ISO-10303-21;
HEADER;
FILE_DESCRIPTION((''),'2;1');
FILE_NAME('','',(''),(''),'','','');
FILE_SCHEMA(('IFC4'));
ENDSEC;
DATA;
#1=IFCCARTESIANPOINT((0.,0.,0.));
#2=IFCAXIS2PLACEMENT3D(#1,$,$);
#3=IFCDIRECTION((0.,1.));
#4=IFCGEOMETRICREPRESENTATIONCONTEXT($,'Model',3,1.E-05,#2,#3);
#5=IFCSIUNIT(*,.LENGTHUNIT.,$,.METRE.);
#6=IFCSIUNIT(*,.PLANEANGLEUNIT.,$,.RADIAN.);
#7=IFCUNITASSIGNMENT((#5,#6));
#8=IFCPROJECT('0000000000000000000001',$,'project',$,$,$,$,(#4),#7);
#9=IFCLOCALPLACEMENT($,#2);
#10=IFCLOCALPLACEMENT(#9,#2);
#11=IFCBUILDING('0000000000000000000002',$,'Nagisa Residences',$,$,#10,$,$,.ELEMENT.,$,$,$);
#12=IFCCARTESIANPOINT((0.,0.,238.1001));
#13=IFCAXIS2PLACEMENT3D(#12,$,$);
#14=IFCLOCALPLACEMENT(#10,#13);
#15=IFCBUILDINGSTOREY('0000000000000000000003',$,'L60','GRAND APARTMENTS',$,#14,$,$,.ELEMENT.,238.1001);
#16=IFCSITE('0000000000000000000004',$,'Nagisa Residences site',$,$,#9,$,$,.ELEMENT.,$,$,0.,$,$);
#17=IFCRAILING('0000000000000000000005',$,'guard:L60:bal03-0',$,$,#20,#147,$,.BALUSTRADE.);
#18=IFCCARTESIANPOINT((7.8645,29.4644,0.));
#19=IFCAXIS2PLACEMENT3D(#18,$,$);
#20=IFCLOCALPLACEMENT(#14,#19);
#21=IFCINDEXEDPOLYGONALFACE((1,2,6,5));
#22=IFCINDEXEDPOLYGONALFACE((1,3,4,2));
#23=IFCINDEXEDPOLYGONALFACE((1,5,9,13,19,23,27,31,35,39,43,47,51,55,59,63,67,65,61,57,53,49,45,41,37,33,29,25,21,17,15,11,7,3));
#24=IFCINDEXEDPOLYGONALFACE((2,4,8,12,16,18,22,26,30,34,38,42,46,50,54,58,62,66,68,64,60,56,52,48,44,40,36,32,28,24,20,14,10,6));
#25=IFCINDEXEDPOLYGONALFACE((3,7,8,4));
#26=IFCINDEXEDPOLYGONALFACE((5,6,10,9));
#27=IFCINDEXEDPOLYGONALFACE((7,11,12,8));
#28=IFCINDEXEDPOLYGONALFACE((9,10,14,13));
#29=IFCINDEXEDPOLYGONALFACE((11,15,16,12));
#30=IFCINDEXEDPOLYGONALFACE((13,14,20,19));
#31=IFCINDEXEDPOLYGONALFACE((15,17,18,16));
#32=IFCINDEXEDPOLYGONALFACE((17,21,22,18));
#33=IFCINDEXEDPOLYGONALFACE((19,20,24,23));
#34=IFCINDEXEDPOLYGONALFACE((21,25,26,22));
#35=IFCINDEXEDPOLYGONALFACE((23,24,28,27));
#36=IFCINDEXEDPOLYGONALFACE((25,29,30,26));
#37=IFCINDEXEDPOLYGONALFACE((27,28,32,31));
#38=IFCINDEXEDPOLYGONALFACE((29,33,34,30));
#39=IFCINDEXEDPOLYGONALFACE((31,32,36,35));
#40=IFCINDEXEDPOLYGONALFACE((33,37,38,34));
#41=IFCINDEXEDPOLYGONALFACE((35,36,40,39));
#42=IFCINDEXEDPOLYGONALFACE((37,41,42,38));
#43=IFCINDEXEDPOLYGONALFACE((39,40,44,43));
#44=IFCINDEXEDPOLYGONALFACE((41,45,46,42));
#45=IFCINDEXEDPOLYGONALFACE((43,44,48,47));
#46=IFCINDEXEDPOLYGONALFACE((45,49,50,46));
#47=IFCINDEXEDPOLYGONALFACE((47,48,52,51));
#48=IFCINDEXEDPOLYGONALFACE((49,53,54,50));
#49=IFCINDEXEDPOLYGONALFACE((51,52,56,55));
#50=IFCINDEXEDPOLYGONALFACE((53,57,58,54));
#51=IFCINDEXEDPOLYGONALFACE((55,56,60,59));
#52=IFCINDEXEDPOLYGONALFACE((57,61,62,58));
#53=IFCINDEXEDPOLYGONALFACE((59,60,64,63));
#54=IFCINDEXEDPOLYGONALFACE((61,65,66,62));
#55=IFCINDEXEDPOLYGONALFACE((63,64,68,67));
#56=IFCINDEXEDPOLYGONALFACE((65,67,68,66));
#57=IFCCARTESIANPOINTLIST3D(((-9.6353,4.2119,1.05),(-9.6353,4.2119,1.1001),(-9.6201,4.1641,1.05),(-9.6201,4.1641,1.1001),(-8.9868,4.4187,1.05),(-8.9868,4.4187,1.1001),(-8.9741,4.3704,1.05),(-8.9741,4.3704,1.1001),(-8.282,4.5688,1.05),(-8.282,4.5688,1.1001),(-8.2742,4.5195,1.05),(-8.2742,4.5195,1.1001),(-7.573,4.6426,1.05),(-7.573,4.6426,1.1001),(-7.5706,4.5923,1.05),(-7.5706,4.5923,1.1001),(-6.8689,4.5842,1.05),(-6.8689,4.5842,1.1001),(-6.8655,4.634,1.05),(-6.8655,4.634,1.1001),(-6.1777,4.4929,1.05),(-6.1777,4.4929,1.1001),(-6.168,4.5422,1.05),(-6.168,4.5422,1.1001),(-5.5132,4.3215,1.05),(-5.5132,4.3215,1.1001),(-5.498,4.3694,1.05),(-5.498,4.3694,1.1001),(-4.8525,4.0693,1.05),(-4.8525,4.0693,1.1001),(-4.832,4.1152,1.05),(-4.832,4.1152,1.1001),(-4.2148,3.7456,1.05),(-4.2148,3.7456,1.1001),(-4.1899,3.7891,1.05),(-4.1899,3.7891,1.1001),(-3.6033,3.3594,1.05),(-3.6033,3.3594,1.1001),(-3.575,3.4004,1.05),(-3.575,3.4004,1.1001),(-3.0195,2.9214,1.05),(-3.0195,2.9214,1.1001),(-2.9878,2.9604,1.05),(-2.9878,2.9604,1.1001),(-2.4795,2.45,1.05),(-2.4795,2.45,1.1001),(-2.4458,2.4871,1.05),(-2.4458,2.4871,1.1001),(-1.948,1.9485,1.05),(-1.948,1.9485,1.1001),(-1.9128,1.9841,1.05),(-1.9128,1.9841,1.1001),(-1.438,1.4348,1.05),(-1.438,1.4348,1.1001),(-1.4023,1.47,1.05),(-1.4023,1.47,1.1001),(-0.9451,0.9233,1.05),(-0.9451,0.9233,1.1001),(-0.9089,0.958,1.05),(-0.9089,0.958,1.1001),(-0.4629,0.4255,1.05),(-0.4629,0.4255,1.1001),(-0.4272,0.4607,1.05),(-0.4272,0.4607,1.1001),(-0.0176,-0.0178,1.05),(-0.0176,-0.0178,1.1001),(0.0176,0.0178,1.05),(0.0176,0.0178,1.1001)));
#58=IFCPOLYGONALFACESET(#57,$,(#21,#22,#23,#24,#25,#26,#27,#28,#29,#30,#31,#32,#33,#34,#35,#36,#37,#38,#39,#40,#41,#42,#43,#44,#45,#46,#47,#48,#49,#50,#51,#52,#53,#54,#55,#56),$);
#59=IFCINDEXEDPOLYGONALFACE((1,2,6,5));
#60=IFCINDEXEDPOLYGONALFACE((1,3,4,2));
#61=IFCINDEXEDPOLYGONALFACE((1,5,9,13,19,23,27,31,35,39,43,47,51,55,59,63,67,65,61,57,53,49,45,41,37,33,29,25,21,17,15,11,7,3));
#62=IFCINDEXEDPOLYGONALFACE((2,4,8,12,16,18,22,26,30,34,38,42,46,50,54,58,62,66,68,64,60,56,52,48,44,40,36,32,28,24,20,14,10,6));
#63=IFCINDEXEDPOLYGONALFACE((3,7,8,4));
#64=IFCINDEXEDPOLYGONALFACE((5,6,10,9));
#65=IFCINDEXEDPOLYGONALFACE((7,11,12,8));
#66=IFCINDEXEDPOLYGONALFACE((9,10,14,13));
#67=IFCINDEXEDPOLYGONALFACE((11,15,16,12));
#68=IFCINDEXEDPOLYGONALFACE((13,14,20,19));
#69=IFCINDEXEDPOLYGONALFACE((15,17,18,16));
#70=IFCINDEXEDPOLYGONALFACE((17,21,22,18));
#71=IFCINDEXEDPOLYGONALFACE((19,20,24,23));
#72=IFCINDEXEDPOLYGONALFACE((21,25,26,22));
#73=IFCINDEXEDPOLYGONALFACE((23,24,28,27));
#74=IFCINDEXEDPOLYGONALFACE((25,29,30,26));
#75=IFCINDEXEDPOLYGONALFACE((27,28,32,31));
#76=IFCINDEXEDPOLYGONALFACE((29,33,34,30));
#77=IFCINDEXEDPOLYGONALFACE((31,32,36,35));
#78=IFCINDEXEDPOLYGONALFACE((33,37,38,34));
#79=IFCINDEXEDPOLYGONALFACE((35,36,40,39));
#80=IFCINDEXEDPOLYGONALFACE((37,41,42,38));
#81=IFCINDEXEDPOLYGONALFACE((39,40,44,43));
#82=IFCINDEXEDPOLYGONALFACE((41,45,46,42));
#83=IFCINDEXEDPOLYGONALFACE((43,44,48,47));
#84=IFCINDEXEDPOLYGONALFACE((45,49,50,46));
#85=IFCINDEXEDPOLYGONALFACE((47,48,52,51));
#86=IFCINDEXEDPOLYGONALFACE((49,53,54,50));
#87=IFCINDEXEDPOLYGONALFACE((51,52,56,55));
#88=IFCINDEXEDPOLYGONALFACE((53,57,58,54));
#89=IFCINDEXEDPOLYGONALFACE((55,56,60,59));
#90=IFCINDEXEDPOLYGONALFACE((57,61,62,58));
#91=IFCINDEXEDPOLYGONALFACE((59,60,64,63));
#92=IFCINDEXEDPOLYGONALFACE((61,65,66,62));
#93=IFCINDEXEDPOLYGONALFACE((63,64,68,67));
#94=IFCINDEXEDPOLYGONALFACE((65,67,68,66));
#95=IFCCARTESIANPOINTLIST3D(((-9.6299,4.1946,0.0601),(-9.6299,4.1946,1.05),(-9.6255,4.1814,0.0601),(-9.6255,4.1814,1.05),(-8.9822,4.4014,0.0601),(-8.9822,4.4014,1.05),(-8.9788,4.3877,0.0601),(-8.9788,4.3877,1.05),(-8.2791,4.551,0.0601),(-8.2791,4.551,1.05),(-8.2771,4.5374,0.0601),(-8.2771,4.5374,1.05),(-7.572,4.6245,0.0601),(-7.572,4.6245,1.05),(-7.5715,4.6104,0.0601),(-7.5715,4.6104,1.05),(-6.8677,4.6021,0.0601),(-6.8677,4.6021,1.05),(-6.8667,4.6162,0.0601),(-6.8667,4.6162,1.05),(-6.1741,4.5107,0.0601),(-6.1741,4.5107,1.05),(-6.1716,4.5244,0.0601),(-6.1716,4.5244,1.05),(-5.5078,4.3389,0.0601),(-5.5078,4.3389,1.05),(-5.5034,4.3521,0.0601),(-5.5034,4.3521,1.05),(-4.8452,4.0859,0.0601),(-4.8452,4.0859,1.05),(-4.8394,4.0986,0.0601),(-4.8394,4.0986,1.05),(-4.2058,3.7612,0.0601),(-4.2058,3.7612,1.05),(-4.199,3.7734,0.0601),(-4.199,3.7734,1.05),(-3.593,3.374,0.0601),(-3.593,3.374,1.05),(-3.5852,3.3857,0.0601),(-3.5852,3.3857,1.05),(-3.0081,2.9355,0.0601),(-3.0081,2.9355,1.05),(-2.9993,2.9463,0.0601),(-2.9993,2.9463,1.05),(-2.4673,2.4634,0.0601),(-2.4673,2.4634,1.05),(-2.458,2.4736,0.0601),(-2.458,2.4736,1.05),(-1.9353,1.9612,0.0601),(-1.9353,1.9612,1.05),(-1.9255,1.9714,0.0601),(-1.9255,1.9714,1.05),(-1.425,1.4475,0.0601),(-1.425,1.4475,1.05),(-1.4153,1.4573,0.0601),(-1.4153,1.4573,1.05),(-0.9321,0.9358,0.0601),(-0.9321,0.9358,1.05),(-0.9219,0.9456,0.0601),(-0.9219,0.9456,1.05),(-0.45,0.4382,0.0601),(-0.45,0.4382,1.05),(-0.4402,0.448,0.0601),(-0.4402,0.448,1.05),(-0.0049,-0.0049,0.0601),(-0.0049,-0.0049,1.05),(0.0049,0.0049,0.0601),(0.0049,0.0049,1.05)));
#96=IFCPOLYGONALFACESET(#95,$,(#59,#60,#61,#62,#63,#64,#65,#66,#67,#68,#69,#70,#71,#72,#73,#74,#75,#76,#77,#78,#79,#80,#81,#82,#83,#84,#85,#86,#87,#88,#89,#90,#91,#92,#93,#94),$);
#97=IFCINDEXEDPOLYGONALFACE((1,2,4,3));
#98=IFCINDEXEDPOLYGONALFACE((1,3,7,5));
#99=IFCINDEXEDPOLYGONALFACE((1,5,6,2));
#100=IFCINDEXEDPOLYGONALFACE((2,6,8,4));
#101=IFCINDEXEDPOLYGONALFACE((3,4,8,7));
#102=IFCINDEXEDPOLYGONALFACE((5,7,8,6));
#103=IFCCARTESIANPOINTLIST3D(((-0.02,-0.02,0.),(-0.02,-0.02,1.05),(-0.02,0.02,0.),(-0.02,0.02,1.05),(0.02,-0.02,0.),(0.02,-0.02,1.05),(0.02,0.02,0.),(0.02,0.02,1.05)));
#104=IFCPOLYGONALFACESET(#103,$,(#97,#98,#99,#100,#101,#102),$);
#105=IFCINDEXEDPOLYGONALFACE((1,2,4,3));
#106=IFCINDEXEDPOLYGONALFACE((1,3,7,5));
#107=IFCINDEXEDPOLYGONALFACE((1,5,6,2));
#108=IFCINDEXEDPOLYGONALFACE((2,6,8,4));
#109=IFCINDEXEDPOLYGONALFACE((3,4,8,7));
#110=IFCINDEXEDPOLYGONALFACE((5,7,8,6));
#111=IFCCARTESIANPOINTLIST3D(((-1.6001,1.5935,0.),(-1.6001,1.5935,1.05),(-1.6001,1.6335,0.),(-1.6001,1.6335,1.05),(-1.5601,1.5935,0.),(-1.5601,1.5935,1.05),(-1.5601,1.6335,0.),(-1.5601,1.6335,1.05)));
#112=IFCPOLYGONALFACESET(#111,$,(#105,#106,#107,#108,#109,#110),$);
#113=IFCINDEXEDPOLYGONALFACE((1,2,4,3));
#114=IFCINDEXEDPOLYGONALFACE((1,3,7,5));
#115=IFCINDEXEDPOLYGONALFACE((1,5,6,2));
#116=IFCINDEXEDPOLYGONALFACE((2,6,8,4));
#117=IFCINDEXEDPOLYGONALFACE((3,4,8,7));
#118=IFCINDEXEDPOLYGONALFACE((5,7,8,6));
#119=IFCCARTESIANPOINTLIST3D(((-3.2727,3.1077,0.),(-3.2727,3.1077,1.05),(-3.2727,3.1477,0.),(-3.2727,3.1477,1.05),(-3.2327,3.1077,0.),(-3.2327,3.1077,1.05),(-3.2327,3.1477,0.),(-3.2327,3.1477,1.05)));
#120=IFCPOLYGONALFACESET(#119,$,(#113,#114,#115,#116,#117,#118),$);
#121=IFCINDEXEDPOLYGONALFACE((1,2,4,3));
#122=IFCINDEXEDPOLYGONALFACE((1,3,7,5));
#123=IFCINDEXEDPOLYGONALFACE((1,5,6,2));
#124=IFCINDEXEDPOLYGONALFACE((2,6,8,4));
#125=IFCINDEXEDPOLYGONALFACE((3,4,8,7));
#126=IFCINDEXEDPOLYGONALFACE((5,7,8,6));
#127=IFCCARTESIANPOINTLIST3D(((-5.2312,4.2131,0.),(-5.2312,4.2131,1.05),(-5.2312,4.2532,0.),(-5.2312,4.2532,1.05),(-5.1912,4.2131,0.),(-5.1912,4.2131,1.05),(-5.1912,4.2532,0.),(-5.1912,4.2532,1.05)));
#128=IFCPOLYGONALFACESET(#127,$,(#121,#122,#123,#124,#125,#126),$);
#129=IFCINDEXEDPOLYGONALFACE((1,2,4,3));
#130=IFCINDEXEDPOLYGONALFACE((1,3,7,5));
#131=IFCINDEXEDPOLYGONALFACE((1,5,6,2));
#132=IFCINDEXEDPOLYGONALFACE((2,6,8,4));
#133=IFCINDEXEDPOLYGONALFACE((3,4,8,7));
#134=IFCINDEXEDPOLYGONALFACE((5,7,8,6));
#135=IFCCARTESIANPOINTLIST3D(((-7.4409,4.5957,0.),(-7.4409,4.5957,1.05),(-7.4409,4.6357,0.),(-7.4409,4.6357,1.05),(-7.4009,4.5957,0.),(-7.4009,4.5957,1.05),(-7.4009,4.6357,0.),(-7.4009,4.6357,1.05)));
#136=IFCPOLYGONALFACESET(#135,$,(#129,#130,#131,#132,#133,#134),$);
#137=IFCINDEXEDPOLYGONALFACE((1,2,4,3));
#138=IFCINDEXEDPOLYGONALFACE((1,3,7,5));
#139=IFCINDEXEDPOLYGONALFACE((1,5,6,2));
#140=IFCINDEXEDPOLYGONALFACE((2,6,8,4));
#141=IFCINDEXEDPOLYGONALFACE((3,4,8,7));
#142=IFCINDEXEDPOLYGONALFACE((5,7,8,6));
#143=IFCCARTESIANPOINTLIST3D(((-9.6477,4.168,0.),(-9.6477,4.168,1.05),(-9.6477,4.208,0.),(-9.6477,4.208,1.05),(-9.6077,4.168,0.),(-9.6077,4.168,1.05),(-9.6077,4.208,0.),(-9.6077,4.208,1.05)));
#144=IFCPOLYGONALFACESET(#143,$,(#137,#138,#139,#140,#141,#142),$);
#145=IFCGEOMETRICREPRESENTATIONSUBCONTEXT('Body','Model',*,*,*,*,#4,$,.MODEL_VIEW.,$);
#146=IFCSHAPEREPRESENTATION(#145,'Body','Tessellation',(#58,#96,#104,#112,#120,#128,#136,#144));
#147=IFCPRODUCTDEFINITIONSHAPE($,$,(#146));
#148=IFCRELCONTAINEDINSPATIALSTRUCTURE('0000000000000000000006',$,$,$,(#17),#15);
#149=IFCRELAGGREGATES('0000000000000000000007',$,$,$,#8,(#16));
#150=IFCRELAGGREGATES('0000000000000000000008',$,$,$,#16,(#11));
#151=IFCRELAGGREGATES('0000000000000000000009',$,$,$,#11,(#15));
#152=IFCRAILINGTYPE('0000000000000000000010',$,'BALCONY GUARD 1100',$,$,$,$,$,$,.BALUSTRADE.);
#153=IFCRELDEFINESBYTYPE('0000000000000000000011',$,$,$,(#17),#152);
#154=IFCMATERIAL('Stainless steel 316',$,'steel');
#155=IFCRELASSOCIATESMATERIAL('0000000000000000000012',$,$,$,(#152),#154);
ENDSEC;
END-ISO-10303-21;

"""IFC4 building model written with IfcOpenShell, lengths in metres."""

from ifc_helpers import new_model, si_unit, direction, frame, origin, origin_2d, place, context, subcontext, project, spatial, polyline, rectangle, outline, extrude, material, type_object, element, save


model = new_model("IFC4")

# Units and contexts
model_context = context("Model", 3, precision=1e-05, world=origin(), true_north=direction((0.0, 1.0)))
body_context = subcontext(model_context, "Body", "Model", "MODEL_VIEW")
ifc_project = project(units=[si_unit("LENGTHUNIT", "METRE"), si_unit("PLANEANGLEUNIT", "RADIAN")], contexts=[model_context])

# Site, building, storey
site_placement = place(None, origin())
site = spatial("IfcSite", under=ifc_project, at=site_placement, Name="Nagisa Residences site", CompositionType="ELEMENT", RefElevation=0.0)
building_placement = place(site_placement, origin())
building = spatial("IfcBuilding", under=site, at=building_placement, Name="Nagisa Residences", CompositionType="ELEMENT")
storey_placement = place(building_placement, frame((0.0, 0.0, 238.1001)))
storey = spatial("IfcBuildingStorey", under=building, at=storey_placement, Name="L60", Description="GRAND APARTMENTS", CompositionType="ELEMENT", Elevation=238.1001)

# Railing
ifc_material_1 = material(Name="Stainless steel 316", Category="steel")
railing_type = type_object("IfcRailingType", Name="BALCONY GUARD 1100", PredefinedType="BALUSTRADE", material=ifc_material_1)
railing_placement = place(storey_placement, frame((7.8645, 29.4644, 0.0)))
element("IfcRailing", 1, at=railing_placement, inside=storey, type_object=railing_type, Name="guard:L60:bal03-0", PredefinedType="BALUSTRADE", context=body_context, shape_type="SweptSolid", body=[
    extrude(outline(polyline([(-0.4629, 0.4255), (-0.0176, -0.0178), (0.0176, 0.0178), (-0.4272, 0.4607), (-0.9089, 0.958), (-1.4023, 1.47), (-1.9128, 1.9841), (-2.4458, 2.4871), (-2.9878, 2.9604), (-3.575, 3.4004), (-4.1899, 3.7891), (-4.832, 4.1152), (-5.498, 4.3694), (-6.168, 4.5422), (-6.8655, 4.634), (-7.573, 4.6426), (-8.282, 4.5688), (-8.9868, 4.4187), (-9.6353, 4.2119), (-9.6201, 4.1641), (-8.9741, 4.3704), (-8.2742, 4.5195), (-7.5706, 4.5923), (-6.8689, 4.5842), (-6.1777, 4.4929), (-5.5132, 4.3215), (-4.8525, 4.0693), (-4.2148, 3.7456), (-3.6033, 3.3594), (-3.0195, 2.9214), (-2.4795, 2.45), (-1.948, 1.9485), (-1.438, 1.4348), (-0.9451, 0.9233), (-0.4629, 0.4255)])), frame((0.0, 0.0, 1.05)), (0.0, 0.0, 1.0), 0.05),
    extrude(outline(polyline([(-0.45, 0.4382), (-0.0049, -0.0049), (0.0049, 0.0049), (-0.4402, 0.448), (-0.9219, 0.9456), (-1.4153, 1.4573), (-1.9255, 1.9714), (-2.458, 2.4736), (-2.9993, 2.9463), (-3.5852, 3.3857), (-4.199, 3.7734), (-4.8394, 4.0986), (-5.5034, 4.3521), (-6.1716, 4.5244), (-6.8667, 4.6162), (-7.572, 4.6245), (-8.2791, 4.551), (-8.9822, 4.4014), (-9.6299, 4.1946), (-9.6255, 4.1814), (-8.9788, 4.3877), (-8.2771, 4.5374), (-7.5715, 4.6104), (-6.8677, 4.6021), (-6.1741, 4.5107), (-5.5078, 4.3389), (-4.8452, 4.0859), (-4.2058, 3.7612), (-3.593, 3.374), (-3.0081, 2.9355), (-2.4673, 2.4634), (-1.9353, 1.9612), (-1.425, 1.4475), (-0.9321, 0.9358), (-0.45, 0.4382)])), frame((0.0, 0.0, 0.0601)), (0.0, 0.0, 1.0), 0.99),
    extrude(rectangle(XDim=0.04, YDim=0.04, at=origin_2d()), origin(), (0.0, 0.0, 1.0), 1.05),
    extrude(rectangle(XDim=0.04, YDim=0.04, at=origin_2d()), frame((-1.5801, 1.6135, 0.0)), (0.0, 0.0, 1.0), 1.05),
    extrude(rectangle(XDim=0.04, YDim=0.04, at=origin_2d()), frame((-3.2527, 3.1277, 0.0)), (0.0, 0.0, 1.0), 1.05),
    extrude(rectangle(XDim=0.04, YDim=0.04, at=origin_2d()), frame((-5.2112, 4.2332, 0.0)), (0.0, 0.0, 1.0), 1.05),
    extrude(rectangle(XDim=0.04, YDim=0.04, at=origin_2d()), frame((-7.4209, 4.6157, 0.0)), (0.0, 0.0, 1.0), 1.05),
    extrude(rectangle(XDim=0.04, YDim=0.04, at=origin_2d()), frame((-9.6277, 4.188, 0.0)), (0.0, 0.0, 1.0), 1.05),
])

save(model, "model.ifc")
